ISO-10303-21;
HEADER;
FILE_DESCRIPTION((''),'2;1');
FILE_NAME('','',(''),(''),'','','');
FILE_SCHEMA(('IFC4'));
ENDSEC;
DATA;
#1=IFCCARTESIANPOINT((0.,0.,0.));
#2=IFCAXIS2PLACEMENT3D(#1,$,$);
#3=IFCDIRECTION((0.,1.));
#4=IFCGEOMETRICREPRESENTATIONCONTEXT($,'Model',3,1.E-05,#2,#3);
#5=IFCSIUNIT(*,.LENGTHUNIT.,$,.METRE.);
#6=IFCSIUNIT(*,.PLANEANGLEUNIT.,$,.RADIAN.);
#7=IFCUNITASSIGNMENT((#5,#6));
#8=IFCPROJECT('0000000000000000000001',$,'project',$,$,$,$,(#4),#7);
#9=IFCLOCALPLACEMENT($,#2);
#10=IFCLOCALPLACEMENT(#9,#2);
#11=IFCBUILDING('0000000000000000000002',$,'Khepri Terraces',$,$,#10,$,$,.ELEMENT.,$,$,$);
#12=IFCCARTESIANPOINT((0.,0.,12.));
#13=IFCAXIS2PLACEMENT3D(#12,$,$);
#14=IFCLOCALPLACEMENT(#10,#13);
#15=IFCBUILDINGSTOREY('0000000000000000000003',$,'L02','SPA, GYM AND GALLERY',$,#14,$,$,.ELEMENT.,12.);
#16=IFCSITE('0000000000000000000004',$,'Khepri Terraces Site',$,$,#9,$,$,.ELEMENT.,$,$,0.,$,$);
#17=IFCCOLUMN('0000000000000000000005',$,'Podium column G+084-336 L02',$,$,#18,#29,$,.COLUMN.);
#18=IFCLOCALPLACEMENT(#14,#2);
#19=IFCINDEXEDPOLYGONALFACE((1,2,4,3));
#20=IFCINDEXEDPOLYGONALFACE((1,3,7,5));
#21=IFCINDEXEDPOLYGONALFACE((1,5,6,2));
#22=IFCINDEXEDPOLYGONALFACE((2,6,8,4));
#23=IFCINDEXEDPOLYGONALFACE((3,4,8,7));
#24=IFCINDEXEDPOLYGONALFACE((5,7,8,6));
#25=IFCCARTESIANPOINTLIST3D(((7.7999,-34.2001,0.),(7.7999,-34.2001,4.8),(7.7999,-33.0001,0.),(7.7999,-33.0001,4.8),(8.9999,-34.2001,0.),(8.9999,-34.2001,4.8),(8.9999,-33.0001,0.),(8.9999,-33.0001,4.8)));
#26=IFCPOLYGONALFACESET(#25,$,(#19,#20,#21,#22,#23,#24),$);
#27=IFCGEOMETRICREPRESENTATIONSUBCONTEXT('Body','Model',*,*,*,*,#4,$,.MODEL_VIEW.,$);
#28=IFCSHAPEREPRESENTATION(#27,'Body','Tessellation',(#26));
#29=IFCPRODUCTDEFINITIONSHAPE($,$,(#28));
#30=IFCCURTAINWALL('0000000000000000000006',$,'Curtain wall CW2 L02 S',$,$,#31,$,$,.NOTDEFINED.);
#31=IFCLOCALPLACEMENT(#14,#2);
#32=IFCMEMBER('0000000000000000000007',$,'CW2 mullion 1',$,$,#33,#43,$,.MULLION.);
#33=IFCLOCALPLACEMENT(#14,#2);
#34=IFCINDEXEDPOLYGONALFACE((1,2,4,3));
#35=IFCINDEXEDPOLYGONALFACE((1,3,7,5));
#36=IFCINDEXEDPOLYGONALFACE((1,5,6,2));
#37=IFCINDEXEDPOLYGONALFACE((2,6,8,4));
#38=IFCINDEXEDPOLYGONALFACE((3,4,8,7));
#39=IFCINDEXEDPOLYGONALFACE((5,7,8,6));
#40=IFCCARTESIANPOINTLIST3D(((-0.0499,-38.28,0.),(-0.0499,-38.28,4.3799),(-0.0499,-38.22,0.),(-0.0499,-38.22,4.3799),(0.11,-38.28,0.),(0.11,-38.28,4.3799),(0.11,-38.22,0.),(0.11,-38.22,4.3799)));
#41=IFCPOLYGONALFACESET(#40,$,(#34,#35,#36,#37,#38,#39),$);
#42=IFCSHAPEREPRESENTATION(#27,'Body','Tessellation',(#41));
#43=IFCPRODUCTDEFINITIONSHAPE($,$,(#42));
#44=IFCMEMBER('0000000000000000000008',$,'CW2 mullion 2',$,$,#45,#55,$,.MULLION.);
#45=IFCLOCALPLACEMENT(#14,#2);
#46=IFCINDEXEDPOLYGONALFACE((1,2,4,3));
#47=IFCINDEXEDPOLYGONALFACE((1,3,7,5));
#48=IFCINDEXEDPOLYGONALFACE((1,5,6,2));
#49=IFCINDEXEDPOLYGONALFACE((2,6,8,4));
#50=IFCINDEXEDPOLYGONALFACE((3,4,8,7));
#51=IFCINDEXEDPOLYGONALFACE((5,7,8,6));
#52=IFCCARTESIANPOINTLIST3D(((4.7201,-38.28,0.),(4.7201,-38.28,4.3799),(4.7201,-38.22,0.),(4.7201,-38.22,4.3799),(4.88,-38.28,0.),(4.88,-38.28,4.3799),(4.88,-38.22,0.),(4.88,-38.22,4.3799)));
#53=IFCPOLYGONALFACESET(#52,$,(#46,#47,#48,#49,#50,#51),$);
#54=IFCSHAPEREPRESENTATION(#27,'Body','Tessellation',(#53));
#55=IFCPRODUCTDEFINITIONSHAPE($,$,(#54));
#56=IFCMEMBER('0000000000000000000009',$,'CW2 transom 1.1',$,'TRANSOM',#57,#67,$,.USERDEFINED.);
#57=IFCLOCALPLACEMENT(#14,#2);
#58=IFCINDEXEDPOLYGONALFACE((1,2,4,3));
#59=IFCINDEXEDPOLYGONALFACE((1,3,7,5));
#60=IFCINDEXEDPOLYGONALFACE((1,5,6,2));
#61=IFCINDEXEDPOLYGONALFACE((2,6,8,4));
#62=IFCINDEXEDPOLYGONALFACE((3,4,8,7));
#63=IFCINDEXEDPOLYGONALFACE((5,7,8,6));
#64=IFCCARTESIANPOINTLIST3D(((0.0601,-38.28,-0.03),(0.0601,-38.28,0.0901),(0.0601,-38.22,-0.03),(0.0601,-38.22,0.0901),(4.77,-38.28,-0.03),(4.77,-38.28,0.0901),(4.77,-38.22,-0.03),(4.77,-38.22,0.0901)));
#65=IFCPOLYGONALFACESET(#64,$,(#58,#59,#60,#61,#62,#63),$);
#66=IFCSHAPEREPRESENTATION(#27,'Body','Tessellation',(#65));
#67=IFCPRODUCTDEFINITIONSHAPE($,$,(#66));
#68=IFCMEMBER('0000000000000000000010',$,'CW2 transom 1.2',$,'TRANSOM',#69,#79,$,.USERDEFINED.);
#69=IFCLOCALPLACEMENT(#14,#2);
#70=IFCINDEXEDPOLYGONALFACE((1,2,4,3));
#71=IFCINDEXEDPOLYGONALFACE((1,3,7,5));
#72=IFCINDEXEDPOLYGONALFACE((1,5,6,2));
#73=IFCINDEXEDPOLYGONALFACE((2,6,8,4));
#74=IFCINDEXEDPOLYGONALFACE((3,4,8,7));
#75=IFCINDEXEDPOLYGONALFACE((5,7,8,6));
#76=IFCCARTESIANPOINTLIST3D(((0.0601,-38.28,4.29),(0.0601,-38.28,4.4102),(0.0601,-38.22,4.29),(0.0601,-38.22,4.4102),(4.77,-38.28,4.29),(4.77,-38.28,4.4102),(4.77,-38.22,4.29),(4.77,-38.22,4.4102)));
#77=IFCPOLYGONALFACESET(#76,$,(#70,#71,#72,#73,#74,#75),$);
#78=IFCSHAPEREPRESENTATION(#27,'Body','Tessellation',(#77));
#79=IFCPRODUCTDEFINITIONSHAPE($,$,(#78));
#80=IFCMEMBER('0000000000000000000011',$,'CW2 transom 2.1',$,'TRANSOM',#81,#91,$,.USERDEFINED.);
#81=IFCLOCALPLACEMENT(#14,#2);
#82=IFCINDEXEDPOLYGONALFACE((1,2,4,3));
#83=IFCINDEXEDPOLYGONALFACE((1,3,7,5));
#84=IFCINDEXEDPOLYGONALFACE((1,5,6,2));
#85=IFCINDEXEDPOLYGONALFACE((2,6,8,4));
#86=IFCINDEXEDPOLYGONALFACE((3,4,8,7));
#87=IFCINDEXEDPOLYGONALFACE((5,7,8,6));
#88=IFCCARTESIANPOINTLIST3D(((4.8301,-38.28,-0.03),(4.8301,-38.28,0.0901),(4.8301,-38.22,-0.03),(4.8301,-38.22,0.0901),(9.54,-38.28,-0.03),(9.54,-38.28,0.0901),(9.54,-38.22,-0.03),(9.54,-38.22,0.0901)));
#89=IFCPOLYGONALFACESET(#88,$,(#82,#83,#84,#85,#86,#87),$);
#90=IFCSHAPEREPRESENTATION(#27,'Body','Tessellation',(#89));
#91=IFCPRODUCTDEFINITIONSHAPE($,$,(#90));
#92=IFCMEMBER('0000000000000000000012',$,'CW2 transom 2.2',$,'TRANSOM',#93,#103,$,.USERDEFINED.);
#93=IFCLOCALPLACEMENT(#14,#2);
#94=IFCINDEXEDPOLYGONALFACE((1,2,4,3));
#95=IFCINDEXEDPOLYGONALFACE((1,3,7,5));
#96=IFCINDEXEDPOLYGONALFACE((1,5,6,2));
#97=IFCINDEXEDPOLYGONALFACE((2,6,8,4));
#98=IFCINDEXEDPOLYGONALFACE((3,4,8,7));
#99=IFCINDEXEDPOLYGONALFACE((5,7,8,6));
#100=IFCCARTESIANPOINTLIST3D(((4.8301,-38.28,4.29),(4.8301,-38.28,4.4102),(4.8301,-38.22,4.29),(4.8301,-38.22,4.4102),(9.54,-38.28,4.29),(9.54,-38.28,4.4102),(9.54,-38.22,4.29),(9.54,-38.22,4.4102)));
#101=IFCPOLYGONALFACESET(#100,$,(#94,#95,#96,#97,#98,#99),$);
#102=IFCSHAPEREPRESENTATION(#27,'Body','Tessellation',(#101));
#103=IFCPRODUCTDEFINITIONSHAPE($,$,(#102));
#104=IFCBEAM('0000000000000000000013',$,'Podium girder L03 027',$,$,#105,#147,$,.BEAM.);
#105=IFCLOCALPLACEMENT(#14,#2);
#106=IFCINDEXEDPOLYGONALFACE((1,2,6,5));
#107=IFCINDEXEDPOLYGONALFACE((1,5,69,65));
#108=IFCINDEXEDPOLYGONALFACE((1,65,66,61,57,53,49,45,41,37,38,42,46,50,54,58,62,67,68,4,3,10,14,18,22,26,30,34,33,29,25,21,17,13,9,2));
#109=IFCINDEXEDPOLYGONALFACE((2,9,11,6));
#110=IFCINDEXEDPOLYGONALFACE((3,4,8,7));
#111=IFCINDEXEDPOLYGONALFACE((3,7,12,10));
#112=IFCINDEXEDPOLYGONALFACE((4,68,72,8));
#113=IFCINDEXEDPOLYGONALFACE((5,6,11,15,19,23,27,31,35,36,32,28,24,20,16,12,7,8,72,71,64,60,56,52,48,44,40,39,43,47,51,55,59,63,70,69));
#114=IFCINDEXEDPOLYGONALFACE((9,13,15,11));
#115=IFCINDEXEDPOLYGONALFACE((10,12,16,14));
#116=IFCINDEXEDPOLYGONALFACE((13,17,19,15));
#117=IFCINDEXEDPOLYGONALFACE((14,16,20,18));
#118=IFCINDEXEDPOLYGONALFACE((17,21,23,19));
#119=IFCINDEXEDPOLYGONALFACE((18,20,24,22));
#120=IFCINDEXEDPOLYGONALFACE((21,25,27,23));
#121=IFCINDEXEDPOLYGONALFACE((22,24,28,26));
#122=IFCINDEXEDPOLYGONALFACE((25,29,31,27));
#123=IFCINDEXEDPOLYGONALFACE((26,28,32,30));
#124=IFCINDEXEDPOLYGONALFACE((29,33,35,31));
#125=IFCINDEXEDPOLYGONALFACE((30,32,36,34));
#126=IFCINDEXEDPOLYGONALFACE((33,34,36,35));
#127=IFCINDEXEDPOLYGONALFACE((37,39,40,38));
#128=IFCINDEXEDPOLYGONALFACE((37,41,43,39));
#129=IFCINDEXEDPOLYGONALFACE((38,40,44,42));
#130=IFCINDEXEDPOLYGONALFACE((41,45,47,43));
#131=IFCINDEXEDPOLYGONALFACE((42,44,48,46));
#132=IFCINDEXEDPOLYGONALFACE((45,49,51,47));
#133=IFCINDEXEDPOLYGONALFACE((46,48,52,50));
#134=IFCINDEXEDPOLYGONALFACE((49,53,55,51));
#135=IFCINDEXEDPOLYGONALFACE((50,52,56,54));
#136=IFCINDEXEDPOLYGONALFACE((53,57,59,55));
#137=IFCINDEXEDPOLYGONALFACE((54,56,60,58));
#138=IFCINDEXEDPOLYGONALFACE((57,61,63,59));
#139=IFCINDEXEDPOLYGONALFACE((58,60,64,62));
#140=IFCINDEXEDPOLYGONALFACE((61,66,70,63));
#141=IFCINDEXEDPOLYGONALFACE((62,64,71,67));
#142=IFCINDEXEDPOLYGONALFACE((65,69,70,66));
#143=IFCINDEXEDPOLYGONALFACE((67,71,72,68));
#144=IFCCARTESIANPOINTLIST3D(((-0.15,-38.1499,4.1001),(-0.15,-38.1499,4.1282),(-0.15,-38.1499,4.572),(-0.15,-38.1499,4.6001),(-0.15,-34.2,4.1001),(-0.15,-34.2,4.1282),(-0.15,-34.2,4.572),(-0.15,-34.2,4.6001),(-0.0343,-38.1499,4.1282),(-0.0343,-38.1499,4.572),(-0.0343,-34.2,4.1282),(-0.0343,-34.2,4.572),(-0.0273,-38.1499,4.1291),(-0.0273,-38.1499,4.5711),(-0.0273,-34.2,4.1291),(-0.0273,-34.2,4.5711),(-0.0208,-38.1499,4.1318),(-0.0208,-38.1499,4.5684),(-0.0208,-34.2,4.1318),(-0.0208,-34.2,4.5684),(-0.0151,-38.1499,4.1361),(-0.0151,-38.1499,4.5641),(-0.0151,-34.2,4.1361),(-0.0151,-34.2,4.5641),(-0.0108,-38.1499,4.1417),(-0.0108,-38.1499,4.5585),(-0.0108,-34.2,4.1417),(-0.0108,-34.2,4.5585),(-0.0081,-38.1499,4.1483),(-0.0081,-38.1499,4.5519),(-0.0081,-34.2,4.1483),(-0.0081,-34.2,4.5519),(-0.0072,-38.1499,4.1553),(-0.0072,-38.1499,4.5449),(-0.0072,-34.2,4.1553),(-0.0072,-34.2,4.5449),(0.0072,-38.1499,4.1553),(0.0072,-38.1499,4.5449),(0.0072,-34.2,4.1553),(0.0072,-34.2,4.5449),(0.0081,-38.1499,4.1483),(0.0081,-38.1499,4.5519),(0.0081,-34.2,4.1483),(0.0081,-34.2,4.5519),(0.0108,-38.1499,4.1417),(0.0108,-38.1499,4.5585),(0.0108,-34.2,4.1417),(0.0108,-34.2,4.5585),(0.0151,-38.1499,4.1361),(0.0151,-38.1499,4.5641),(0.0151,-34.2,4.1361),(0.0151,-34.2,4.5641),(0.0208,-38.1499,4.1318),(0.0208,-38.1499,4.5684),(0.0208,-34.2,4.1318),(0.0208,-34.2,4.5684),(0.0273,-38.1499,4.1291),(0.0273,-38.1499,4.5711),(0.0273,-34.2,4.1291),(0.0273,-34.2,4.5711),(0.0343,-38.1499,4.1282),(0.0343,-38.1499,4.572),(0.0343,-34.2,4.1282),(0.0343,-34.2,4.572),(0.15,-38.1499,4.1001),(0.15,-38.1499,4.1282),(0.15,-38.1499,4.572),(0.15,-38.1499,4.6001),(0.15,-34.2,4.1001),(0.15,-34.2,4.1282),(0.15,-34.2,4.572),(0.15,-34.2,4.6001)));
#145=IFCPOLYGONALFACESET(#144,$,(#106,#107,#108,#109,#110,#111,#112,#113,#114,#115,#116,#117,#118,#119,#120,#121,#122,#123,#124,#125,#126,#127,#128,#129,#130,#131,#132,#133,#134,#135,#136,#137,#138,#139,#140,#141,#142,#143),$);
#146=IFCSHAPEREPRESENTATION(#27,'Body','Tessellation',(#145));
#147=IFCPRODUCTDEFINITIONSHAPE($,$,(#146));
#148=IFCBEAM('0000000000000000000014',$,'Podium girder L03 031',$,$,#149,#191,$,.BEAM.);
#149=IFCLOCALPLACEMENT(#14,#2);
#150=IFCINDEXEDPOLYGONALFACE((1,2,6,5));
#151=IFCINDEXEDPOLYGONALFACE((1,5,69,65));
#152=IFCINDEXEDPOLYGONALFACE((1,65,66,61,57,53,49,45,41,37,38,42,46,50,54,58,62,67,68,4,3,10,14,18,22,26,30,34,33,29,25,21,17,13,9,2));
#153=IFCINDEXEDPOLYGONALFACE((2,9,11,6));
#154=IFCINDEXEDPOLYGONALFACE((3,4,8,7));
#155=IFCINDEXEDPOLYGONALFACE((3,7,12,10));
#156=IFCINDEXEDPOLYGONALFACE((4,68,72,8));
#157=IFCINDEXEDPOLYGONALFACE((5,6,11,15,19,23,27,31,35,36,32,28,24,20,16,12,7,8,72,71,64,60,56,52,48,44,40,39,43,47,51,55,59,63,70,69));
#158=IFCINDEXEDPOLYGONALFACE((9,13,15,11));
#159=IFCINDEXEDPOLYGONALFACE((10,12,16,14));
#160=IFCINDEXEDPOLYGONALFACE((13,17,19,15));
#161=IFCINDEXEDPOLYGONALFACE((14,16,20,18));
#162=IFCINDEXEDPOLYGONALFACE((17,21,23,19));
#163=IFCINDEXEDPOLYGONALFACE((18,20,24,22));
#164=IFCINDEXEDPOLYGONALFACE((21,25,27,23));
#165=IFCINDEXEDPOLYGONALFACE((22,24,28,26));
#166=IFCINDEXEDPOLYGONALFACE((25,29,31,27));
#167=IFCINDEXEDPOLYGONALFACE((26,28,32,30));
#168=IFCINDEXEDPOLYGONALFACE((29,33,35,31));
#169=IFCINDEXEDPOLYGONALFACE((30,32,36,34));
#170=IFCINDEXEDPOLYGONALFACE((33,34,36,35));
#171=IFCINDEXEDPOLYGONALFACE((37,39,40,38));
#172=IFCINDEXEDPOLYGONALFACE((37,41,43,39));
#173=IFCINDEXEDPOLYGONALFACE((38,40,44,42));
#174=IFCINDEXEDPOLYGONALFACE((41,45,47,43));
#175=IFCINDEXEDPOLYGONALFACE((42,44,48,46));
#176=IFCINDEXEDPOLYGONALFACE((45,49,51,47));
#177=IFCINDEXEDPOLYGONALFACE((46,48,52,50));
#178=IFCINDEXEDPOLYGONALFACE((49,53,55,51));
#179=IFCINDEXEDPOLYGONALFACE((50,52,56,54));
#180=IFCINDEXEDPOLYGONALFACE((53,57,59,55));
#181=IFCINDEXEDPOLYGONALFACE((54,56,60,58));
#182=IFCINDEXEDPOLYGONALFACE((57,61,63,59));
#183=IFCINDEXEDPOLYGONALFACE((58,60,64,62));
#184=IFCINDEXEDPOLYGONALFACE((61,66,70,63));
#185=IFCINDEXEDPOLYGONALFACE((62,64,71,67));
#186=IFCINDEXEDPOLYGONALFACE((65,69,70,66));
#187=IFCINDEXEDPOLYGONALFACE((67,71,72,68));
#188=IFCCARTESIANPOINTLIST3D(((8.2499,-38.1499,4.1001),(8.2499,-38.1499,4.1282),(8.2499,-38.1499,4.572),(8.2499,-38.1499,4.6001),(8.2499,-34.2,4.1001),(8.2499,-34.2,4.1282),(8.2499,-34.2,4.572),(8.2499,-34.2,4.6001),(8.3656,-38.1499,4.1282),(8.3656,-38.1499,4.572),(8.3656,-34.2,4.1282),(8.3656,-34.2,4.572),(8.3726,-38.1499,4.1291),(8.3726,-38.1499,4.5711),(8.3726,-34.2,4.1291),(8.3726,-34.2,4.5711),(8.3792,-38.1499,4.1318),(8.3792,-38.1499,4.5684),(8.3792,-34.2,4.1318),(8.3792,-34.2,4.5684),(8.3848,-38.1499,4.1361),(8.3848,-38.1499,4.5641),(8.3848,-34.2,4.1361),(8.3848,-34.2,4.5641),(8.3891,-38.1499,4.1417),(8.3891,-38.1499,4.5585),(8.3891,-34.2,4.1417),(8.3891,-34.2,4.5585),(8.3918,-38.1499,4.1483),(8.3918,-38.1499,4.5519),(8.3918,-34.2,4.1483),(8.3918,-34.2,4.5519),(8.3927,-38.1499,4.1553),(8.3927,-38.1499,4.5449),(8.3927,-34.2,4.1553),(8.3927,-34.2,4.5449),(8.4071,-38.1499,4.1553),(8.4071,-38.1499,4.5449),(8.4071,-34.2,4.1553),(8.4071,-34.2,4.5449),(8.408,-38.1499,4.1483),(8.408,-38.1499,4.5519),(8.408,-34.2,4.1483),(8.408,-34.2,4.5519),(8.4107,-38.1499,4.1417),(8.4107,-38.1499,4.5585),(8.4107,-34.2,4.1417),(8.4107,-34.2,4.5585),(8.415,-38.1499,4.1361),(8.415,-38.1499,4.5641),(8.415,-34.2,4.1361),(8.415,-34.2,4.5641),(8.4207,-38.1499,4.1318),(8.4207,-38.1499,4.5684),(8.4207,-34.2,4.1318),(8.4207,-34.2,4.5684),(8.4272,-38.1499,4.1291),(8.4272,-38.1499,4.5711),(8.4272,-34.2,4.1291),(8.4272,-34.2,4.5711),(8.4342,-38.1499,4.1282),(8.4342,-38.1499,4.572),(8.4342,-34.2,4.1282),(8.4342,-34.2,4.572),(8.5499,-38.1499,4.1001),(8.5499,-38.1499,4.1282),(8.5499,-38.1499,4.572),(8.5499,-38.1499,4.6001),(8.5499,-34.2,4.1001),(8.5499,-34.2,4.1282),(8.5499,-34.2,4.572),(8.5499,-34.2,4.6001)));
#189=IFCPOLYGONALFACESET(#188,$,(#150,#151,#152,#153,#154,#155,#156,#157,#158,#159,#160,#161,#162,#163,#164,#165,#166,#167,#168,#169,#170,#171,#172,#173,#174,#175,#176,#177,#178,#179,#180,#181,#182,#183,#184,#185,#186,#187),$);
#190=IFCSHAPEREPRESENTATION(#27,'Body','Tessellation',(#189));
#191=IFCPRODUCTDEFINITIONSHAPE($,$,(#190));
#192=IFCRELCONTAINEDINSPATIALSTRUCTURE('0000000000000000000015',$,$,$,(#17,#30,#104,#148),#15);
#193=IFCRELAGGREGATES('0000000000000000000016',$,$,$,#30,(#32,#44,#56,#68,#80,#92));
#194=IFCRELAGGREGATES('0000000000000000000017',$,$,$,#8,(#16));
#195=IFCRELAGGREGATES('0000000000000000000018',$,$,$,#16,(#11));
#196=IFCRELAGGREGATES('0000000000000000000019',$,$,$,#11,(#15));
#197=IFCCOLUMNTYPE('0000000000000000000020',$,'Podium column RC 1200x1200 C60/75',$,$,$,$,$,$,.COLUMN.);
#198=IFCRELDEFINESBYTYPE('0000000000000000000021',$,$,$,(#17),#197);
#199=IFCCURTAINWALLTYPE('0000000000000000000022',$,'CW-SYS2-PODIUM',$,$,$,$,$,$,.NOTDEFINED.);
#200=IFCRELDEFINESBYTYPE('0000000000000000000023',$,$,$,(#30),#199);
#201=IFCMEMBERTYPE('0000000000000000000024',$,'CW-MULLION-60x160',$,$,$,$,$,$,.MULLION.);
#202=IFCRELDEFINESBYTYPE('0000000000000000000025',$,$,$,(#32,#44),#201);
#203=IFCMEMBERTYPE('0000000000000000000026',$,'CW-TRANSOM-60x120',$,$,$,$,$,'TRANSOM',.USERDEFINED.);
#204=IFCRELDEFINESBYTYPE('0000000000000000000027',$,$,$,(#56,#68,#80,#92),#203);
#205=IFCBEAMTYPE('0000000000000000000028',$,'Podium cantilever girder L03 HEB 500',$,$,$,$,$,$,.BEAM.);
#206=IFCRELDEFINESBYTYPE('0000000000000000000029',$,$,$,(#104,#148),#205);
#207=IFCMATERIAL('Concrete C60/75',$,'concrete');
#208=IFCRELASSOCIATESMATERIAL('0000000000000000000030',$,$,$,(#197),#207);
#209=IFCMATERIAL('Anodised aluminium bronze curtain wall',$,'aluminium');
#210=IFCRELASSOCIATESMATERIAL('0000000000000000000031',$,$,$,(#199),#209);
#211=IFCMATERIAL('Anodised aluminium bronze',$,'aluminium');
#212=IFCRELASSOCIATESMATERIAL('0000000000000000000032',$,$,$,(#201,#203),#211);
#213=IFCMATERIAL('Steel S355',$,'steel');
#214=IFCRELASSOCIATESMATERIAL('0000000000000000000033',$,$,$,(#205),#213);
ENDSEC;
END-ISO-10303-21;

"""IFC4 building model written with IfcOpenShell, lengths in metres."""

from ifc_helpers import new_model, si_unit, direction, frame, origin, origin_2d, place, context, subcontext, project, spatial, rectangle, i_section, extrude, material, material_profile, profile_set, type_object, element, aggregate, save


model = new_model("IFC4")

# Units and contexts
model_context = context("Model", 3, precision=1e-05, world=origin(), true_north=direction((0.0, 1.0)))
body_context = subcontext(model_context, "Body", "Model", "MODEL_VIEW")
ifc_project = project(units=[si_unit("LENGTHUNIT", "METRE"), si_unit("PLANEANGLEUNIT", "RADIAN")], contexts=[model_context])

# Site, building, storey
site_placement = place(None, origin())
site = spatial("IfcSite", under=ifc_project, at=site_placement, Name="Khepri Terraces Site", CompositionType="ELEMENT", RefElevation=0.0)
building_placement = place(site_placement, origin())
building = spatial("IfcBuilding", under=site, at=building_placement, Name="Khepri Terraces", CompositionType="ELEMENT")
storey_placement = place(building_placement, frame((0.0, 0.0, 12.0)))
storey = spatial("IfcBuildingStorey", under=building, at=storey_placement, Name="L02", Description="SPA, GYM AND GALLERY", CompositionType="ELEMENT", Elevation=12.0)

# Column
ifc_material_1 = material(Name="Concrete C60/75", Category="concrete")
ifc_material_profile_1 = material_profile(ifc_material_1, rectangle(XDim=1.2, YDim=1.2, at=origin_2d()), Name="Concrete C60/75", Category="concrete")
ifc_profile_set_1 = profile_set([ifc_material_profile_1], Name="Concrete C60/75")
column_type = type_object("IfcColumnType", Name="Podium column RC 1200x1200 C60/75", PredefinedType="COLUMN", material=ifc_profile_set_1)
column_placement = place(storey_placement, frame((8.3999, -33.6001, 0.0), z_axis=(0.0, 0.0, 1.0), x_axis=(1.0, 0.0, 0.0)))
element("IfcColumn", 1, at=column_placement, inside=storey, type_object=column_type, Name="Podium column G+084-336 L02", PredefinedType="COLUMN", context=body_context, shape_type="SweptSolid", body=[
    extrude(rectangle(XDim=1.2, YDim=1.2, at=origin_2d()), origin(), (0.0, 0.0, 1.0), 4.8),
])

# Curtain wall, members
ifc_material_2 = material(Name="Anodised aluminium bronze curtain wall", Category="aluminium")
curtain_wall_type = type_object("IfcCurtainWallType", Name="CW-SYS2-PODIUM", PredefinedType="NOTDEFINED", material=ifc_material_2)
curtain_wall_placement = place(storey_placement, origin())
curtain_wall = element("IfcCurtainWall", 2, at=curtain_wall_placement, inside=storey, type_object=curtain_wall_type, Name="Curtain wall CW2 L02 S", PredefinedType="NOTDEFINED")
ifc_material_3 = material(Name="Anodised aluminium bronze", Category="aluminium")
ifc_material_profile_2 = material_profile(ifc_material_3, rectangle(XDim=0.0601, YDim=0.1599, at=origin_2d()), Name="Anodised aluminium bronze", Category="aluminium")
ifc_profile_set_2 = profile_set([ifc_material_profile_2], Name="Anodised aluminium bronze")
member_type_1 = type_object("IfcMemberType", Name="CW-MULLION-60x160", PredefinedType="MULLION", material=ifc_profile_set_2)
member_1_placement = place(storey_placement, frame((0.03, -38.25, 0.0), z_axis=(0.0, 0.0, 1.0), x_axis=(0.0, 1.0, 0.0)))
member_1 = element("IfcMember", 3, at=member_1_placement, type_object=member_type_1, Name="CW2 mullion 1", PredefinedType="MULLION", context=body_context, shape_type="SweptSolid", body=[
    extrude(rectangle(XDim=0.0601, YDim=0.1599, at=origin_2d()), origin(), (0.0, 0.0, 1.0), 4.3799),
])
member_2_placement = place(storey_placement, frame((4.8, -38.25, 0.0), z_axis=(0.0, 0.0, 1.0), x_axis=(0.0, 1.0, 0.0)))
member_2 = element("IfcMember", 4, at=member_2_placement, type_object=member_type_1, Name="CW2 mullion 2", PredefinedType="MULLION", context=body_context, shape_type="SweptSolid", body=[
    extrude(rectangle(XDim=0.0601, YDim=0.1599, at=origin_2d()), origin(), (0.0, 0.0, 1.0), 4.3799),
])
ifc_material_profile_3 = material_profile(ifc_material_3, rectangle(XDim=0.0601, YDim=0.1201, at=origin_2d()), Name="Anodised aluminium bronze", Category="aluminium")
ifc_profile_set_3 = profile_set([ifc_material_profile_3], Name="Anodised aluminium bronze")
member_type_2 = type_object("IfcMemberType", Name="CW-TRANSOM-60x120", ElementType="TRANSOM", PredefinedType="USERDEFINED", material=ifc_profile_set_3)
member_3_placement = place(storey_placement, frame((0.0601, -38.25, 0.03), z_axis=(1.0, 0.0, 0.0), x_axis=(0.0, 1.0, 0.0)))
member_3 = element("IfcMember", 5, at=member_3_placement, type_object=member_type_2, Name="CW2 transom 1.1", ObjectType="TRANSOM", PredefinedType="USERDEFINED", context=body_context, shape_type="SweptSolid", body=[
    extrude(rectangle(XDim=0.0601, YDim=0.1201, at=origin_2d()), origin(), (0.0, 0.0, 1.0), 4.71),
])
member_4_placement = place(storey_placement, frame((0.0601, -38.25, 4.3501), z_axis=(1.0, 0.0, 0.0), x_axis=(0.0, 1.0, 0.0)))
member_4 = element("IfcMember", 6, at=member_4_placement, type_object=member_type_2, Name="CW2 transom 1.2", ObjectType="TRANSOM", PredefinedType="USERDEFINED", context=body_context, shape_type="SweptSolid", body=[
    extrude(rectangle(XDim=0.0601, YDim=0.1201, at=origin_2d()), origin(), (0.0, 0.0, 1.0), 4.71),
])
member_5_placement = place(storey_placement, frame((4.8301, -38.25, 0.03), z_axis=(1.0, 0.0, 0.0), x_axis=(0.0, 1.0, 0.0)))
member_5 = element("IfcMember", 7, at=member_5_placement, type_object=member_type_2, Name="CW2 transom 2.1", ObjectType="TRANSOM", PredefinedType="USERDEFINED", context=body_context, shape_type="SweptSolid", body=[
    extrude(rectangle(XDim=0.0601, YDim=0.1201, at=origin_2d()), origin(), (0.0, 0.0, 1.0), 4.71),
])
member_6_placement = place(storey_placement, frame((4.8301, -38.25, 4.3501), z_axis=(1.0, 0.0, 0.0), x_axis=(0.0, 1.0, 0.0)))
member_6 = element("IfcMember", 8, at=member_6_placement, type_object=member_type_2, Name="CW2 transom 2.2", ObjectType="TRANSOM", PredefinedType="USERDEFINED", context=body_context, shape_type="SweptSolid", body=[
    extrude(rectangle(XDim=0.0601, YDim=0.1201, at=origin_2d()), origin(), (0.0, 0.0, 1.0), 4.71),
])

# Beams
ifc_material_4 = material(Name="Steel S355", Category="steel")
ifc_material_profile_4 = material_profile(ifc_material_4, i_section(OverallWidth=0.3, OverallDepth=0.5, WebThickness=0.0144, FlangeThickness=0.0281, FilletRadius=0.0271, at=origin_2d()), Name="Steel S355", Category="steel")
ifc_profile_set_4 = profile_set([ifc_material_profile_4], Name="Steel S355")
beam_type_1 = type_object("IfcBeamType", Name="Podium cantilever girder L03 HEB 500", PredefinedType="BEAM", material=ifc_profile_set_4)
for number, where, z_axis, x_axis, name in (
    (9, (0.0, -38.1499, 4.3501), (0.0, 1.0, 0.0), (-1.0, 0.0, 0.0), "Podium girder L03 027"),
    (10, (8.3999, -38.1499, 4.3501), (0.0, 1.0, 0.0), (-1.0, 0.0, 0.0), "Podium girder L03 031"),
):
    element("IfcBeam", number, at=place(storey_placement, frame(where, z_axis=z_axis, x_axis=x_axis)), inside=storey, type_object=beam_type_1, Name=name, PredefinedType="BEAM", context=body_context, shape_type="SweptSolid", body=[
        extrude(i_section(OverallWidth=0.3, OverallDepth=0.5, WebThickness=0.0144, FlangeThickness=0.0281, FilletRadius=0.0271, at=origin_2d()), origin(), (0.0, 0.0, 1.0), 3.95),
    ])

aggregate(curtain_wall, [member_1, member_2, member_3, member_4, member_5, member_6])

save(model, "model.ifc")
